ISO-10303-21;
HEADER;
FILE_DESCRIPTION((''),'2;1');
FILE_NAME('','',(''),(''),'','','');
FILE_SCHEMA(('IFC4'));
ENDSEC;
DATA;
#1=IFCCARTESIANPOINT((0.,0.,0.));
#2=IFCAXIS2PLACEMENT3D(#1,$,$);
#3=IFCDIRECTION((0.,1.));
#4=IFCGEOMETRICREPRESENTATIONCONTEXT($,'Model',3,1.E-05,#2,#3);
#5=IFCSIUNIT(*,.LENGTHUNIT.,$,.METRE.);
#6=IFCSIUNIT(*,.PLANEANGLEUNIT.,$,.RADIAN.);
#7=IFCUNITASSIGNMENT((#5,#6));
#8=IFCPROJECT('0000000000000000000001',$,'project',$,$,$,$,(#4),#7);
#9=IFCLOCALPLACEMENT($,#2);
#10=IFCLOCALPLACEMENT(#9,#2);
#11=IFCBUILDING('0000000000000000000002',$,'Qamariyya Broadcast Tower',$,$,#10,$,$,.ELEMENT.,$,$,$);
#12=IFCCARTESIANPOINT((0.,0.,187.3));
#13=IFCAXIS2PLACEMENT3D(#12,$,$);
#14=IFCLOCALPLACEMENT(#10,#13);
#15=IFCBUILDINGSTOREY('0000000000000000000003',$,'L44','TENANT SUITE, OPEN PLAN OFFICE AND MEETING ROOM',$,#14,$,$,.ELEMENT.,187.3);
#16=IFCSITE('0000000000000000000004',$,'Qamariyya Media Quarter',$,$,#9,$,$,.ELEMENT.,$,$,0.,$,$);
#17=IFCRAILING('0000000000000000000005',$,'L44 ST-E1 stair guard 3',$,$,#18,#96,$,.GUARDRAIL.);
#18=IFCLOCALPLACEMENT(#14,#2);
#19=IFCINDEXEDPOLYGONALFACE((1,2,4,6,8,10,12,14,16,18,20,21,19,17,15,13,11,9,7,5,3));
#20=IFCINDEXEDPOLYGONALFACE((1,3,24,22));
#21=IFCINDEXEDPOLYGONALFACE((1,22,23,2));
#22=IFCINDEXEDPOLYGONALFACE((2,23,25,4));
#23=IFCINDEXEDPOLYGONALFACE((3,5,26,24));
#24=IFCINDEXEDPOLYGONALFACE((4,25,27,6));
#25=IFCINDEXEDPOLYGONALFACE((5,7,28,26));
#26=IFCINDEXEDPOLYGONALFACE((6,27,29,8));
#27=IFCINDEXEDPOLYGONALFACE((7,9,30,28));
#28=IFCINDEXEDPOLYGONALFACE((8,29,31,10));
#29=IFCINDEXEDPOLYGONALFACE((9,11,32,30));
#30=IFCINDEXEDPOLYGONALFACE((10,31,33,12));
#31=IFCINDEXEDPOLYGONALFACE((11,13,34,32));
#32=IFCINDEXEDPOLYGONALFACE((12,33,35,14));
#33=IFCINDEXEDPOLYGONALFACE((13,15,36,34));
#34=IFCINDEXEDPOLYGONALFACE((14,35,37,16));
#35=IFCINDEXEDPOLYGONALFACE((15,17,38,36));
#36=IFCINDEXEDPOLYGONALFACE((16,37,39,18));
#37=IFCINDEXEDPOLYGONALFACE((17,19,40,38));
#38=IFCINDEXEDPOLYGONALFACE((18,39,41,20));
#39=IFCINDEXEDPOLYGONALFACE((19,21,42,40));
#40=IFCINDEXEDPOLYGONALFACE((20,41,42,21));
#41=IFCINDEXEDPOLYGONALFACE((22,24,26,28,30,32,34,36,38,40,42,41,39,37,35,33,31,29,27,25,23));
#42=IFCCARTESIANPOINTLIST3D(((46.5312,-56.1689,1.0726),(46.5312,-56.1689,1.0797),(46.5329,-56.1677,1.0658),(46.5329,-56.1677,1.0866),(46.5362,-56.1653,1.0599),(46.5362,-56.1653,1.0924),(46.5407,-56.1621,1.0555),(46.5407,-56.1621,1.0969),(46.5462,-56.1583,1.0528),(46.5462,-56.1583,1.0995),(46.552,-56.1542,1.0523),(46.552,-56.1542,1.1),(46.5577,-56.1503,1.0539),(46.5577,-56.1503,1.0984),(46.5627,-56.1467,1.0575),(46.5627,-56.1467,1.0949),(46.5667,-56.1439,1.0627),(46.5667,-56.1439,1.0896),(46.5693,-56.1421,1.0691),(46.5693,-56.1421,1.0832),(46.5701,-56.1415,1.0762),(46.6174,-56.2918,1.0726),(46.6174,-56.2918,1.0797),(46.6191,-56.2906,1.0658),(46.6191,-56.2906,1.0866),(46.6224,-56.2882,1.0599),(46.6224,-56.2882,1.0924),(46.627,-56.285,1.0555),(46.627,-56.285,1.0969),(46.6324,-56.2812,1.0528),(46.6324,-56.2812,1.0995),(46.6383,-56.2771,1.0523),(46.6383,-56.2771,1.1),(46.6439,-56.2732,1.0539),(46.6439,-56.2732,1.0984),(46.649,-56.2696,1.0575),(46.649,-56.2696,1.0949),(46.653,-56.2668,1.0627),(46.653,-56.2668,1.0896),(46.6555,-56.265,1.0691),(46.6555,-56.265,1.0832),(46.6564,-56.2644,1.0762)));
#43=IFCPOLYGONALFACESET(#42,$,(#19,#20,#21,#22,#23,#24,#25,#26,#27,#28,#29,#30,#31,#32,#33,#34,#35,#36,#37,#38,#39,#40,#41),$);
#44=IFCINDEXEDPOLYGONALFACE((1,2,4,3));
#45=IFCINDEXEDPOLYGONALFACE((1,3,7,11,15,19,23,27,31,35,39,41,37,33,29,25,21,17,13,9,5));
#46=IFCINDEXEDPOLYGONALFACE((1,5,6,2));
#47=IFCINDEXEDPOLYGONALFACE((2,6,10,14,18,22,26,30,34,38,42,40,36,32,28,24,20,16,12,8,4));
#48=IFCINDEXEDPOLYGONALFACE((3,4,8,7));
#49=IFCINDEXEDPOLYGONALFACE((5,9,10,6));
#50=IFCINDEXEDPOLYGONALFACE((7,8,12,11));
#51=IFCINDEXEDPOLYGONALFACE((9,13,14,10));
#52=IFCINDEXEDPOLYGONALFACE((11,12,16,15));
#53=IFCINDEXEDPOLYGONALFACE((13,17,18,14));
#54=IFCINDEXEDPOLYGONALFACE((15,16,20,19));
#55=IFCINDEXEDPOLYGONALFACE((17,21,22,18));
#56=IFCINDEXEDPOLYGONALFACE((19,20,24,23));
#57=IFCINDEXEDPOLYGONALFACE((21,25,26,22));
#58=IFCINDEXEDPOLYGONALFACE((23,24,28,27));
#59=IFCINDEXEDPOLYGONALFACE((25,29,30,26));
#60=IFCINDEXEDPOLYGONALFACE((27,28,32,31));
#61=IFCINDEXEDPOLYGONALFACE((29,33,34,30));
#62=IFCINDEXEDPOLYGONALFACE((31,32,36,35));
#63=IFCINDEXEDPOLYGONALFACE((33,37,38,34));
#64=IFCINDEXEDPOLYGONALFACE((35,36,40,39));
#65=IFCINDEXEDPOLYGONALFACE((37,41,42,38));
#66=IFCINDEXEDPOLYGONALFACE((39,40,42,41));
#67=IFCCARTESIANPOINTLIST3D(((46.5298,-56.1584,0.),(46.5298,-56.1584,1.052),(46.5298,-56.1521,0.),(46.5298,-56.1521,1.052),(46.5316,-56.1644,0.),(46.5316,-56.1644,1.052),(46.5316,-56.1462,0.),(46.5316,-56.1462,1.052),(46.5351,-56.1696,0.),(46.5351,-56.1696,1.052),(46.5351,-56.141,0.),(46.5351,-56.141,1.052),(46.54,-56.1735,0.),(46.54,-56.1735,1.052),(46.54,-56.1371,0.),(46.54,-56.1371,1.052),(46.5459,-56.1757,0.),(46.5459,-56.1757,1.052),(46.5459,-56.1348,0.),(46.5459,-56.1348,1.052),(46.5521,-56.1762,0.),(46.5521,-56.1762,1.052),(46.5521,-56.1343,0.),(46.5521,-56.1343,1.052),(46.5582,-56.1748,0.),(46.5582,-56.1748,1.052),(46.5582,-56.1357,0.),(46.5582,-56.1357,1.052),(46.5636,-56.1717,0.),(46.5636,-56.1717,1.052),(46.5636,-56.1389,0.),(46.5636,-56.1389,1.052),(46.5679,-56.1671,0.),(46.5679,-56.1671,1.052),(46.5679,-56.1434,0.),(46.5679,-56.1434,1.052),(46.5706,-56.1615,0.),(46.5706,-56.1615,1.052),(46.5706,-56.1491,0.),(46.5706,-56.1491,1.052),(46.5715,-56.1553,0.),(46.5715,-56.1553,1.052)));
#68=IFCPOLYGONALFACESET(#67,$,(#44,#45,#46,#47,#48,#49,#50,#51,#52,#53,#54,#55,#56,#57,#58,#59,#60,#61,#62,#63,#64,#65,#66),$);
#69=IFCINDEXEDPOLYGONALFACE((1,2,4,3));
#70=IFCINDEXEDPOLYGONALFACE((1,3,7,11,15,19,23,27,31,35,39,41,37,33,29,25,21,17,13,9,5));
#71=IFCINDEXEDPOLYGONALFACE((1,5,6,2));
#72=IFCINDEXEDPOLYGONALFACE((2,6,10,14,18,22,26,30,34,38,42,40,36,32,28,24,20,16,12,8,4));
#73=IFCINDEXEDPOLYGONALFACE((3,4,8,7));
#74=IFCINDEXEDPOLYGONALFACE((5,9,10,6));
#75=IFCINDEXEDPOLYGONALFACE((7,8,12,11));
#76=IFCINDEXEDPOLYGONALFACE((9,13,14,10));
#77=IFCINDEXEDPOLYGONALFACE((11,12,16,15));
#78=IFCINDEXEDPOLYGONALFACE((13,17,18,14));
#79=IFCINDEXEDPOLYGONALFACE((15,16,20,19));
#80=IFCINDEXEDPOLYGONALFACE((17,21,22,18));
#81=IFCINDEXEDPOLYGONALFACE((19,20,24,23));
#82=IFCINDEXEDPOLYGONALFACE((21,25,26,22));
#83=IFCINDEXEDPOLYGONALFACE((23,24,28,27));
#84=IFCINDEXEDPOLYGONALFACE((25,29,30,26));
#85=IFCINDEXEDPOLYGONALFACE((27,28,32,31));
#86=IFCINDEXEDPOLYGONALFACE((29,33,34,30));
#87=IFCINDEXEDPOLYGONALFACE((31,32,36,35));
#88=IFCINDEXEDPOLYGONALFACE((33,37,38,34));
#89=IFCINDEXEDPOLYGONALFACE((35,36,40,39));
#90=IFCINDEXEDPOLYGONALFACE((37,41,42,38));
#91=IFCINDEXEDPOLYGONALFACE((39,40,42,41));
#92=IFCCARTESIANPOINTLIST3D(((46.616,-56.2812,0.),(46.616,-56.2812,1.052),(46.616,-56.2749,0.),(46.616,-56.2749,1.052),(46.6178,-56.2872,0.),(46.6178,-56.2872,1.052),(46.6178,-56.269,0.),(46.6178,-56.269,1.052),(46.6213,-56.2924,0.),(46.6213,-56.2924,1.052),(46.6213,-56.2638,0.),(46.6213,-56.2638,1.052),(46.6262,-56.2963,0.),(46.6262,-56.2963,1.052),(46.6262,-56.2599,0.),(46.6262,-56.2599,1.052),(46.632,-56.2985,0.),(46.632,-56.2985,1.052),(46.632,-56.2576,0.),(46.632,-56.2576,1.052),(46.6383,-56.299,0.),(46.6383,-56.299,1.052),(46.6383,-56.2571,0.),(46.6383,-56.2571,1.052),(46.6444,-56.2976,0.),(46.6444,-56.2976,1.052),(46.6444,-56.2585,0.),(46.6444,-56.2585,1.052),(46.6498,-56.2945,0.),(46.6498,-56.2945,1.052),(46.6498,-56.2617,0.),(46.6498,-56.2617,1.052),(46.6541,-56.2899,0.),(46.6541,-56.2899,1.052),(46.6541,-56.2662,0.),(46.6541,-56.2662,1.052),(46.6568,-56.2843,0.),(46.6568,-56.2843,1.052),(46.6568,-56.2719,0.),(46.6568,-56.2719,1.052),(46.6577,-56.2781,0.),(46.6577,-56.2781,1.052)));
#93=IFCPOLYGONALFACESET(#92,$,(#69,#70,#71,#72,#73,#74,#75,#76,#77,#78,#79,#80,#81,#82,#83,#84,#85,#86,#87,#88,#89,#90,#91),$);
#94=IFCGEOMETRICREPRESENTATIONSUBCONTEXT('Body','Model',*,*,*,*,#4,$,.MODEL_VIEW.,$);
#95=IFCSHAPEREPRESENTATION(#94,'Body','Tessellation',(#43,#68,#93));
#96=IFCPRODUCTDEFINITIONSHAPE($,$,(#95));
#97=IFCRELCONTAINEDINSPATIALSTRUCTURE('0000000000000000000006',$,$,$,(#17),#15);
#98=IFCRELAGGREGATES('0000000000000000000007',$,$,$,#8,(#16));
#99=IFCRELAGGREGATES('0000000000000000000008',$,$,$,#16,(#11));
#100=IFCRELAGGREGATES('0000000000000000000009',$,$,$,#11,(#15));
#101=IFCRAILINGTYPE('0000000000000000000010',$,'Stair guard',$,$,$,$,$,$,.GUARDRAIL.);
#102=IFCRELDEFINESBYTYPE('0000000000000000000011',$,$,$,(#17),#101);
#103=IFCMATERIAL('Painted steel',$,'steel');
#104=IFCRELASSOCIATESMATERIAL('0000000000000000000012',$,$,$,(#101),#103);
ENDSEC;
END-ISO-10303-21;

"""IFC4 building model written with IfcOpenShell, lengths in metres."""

from ifc_helpers import new_model, si_unit, direction, frame, origin, origin_2d, place, context, subcontext, project, spatial, circle, extrude, material, type_object, element, save


model = new_model("IFC4")

# Units and contexts
model_context = context("Model", 3, precision=1e-05, world=origin(), true_north=direction((0.0, 1.0)))
body_context = subcontext(model_context, "Body", "Model", "MODEL_VIEW")
ifc_project = project(units=[si_unit("LENGTHUNIT", "METRE"), si_unit("PLANEANGLEUNIT", "RADIAN")], contexts=[model_context])

# Site, building, storey
site_placement = place(None, origin())
site = spatial("IfcSite", under=ifc_project, at=site_placement, Name="Qamariyya Media Quarter", CompositionType="ELEMENT", RefElevation=0.0)
building_placement = place(site_placement, origin())
building = spatial("IfcBuilding", under=site, at=building_placement, Name="Qamariyya Broadcast Tower", CompositionType="ELEMENT")
storey_placement = place(building_placement, frame((0.0, 0.0, 187.3)))
storey = spatial("IfcBuildingStorey", under=building, at=storey_placement, Name="L44", Description="TENANT SUITE, OPEN PLAN OFFICE AND MEETING ROOM", CompositionType="ELEMENT", Elevation=187.3)

# Railing
ifc_material_1 = material(Name="Painted steel", Category="steel")
railing_type_1 = type_object("IfcRailingType", Name="Stair guard", PredefinedType="GUARDRAIL", material=ifc_material_1)
railing_1_placement = place(storey_placement, frame((46.5505, -56.1553, 0.0)))
element("IfcRailing", 1, at=railing_1_placement, inside=storey, type_object=railing_type_1, Name="L44 ST-E1 stair guard 3", PredefinedType="GUARDRAIL", context=body_context, shape_type="SweptSolid", body=[
    extrude(circle(Radius=0.0239, at=origin_2d()), frame((0.0, 0.0, 1.0762), z_axis=(0.574445, -0.818543, 0.0), x_axis=(0.818543, 0.574445, 0.0)), (0.0, 0.0, 1.0), 0.1501),
    extrude(circle(Radius=0.021, at=origin_2d()), origin(), (0.0, 0.0, 1.0), 1.052),
    extrude(circle(Radius=0.021, at=origin_2d()), frame((0.0862, -0.1228, 0.0)), (0.0, 0.0, 1.0), 1.052),
])

save(model, "model.ifc")
